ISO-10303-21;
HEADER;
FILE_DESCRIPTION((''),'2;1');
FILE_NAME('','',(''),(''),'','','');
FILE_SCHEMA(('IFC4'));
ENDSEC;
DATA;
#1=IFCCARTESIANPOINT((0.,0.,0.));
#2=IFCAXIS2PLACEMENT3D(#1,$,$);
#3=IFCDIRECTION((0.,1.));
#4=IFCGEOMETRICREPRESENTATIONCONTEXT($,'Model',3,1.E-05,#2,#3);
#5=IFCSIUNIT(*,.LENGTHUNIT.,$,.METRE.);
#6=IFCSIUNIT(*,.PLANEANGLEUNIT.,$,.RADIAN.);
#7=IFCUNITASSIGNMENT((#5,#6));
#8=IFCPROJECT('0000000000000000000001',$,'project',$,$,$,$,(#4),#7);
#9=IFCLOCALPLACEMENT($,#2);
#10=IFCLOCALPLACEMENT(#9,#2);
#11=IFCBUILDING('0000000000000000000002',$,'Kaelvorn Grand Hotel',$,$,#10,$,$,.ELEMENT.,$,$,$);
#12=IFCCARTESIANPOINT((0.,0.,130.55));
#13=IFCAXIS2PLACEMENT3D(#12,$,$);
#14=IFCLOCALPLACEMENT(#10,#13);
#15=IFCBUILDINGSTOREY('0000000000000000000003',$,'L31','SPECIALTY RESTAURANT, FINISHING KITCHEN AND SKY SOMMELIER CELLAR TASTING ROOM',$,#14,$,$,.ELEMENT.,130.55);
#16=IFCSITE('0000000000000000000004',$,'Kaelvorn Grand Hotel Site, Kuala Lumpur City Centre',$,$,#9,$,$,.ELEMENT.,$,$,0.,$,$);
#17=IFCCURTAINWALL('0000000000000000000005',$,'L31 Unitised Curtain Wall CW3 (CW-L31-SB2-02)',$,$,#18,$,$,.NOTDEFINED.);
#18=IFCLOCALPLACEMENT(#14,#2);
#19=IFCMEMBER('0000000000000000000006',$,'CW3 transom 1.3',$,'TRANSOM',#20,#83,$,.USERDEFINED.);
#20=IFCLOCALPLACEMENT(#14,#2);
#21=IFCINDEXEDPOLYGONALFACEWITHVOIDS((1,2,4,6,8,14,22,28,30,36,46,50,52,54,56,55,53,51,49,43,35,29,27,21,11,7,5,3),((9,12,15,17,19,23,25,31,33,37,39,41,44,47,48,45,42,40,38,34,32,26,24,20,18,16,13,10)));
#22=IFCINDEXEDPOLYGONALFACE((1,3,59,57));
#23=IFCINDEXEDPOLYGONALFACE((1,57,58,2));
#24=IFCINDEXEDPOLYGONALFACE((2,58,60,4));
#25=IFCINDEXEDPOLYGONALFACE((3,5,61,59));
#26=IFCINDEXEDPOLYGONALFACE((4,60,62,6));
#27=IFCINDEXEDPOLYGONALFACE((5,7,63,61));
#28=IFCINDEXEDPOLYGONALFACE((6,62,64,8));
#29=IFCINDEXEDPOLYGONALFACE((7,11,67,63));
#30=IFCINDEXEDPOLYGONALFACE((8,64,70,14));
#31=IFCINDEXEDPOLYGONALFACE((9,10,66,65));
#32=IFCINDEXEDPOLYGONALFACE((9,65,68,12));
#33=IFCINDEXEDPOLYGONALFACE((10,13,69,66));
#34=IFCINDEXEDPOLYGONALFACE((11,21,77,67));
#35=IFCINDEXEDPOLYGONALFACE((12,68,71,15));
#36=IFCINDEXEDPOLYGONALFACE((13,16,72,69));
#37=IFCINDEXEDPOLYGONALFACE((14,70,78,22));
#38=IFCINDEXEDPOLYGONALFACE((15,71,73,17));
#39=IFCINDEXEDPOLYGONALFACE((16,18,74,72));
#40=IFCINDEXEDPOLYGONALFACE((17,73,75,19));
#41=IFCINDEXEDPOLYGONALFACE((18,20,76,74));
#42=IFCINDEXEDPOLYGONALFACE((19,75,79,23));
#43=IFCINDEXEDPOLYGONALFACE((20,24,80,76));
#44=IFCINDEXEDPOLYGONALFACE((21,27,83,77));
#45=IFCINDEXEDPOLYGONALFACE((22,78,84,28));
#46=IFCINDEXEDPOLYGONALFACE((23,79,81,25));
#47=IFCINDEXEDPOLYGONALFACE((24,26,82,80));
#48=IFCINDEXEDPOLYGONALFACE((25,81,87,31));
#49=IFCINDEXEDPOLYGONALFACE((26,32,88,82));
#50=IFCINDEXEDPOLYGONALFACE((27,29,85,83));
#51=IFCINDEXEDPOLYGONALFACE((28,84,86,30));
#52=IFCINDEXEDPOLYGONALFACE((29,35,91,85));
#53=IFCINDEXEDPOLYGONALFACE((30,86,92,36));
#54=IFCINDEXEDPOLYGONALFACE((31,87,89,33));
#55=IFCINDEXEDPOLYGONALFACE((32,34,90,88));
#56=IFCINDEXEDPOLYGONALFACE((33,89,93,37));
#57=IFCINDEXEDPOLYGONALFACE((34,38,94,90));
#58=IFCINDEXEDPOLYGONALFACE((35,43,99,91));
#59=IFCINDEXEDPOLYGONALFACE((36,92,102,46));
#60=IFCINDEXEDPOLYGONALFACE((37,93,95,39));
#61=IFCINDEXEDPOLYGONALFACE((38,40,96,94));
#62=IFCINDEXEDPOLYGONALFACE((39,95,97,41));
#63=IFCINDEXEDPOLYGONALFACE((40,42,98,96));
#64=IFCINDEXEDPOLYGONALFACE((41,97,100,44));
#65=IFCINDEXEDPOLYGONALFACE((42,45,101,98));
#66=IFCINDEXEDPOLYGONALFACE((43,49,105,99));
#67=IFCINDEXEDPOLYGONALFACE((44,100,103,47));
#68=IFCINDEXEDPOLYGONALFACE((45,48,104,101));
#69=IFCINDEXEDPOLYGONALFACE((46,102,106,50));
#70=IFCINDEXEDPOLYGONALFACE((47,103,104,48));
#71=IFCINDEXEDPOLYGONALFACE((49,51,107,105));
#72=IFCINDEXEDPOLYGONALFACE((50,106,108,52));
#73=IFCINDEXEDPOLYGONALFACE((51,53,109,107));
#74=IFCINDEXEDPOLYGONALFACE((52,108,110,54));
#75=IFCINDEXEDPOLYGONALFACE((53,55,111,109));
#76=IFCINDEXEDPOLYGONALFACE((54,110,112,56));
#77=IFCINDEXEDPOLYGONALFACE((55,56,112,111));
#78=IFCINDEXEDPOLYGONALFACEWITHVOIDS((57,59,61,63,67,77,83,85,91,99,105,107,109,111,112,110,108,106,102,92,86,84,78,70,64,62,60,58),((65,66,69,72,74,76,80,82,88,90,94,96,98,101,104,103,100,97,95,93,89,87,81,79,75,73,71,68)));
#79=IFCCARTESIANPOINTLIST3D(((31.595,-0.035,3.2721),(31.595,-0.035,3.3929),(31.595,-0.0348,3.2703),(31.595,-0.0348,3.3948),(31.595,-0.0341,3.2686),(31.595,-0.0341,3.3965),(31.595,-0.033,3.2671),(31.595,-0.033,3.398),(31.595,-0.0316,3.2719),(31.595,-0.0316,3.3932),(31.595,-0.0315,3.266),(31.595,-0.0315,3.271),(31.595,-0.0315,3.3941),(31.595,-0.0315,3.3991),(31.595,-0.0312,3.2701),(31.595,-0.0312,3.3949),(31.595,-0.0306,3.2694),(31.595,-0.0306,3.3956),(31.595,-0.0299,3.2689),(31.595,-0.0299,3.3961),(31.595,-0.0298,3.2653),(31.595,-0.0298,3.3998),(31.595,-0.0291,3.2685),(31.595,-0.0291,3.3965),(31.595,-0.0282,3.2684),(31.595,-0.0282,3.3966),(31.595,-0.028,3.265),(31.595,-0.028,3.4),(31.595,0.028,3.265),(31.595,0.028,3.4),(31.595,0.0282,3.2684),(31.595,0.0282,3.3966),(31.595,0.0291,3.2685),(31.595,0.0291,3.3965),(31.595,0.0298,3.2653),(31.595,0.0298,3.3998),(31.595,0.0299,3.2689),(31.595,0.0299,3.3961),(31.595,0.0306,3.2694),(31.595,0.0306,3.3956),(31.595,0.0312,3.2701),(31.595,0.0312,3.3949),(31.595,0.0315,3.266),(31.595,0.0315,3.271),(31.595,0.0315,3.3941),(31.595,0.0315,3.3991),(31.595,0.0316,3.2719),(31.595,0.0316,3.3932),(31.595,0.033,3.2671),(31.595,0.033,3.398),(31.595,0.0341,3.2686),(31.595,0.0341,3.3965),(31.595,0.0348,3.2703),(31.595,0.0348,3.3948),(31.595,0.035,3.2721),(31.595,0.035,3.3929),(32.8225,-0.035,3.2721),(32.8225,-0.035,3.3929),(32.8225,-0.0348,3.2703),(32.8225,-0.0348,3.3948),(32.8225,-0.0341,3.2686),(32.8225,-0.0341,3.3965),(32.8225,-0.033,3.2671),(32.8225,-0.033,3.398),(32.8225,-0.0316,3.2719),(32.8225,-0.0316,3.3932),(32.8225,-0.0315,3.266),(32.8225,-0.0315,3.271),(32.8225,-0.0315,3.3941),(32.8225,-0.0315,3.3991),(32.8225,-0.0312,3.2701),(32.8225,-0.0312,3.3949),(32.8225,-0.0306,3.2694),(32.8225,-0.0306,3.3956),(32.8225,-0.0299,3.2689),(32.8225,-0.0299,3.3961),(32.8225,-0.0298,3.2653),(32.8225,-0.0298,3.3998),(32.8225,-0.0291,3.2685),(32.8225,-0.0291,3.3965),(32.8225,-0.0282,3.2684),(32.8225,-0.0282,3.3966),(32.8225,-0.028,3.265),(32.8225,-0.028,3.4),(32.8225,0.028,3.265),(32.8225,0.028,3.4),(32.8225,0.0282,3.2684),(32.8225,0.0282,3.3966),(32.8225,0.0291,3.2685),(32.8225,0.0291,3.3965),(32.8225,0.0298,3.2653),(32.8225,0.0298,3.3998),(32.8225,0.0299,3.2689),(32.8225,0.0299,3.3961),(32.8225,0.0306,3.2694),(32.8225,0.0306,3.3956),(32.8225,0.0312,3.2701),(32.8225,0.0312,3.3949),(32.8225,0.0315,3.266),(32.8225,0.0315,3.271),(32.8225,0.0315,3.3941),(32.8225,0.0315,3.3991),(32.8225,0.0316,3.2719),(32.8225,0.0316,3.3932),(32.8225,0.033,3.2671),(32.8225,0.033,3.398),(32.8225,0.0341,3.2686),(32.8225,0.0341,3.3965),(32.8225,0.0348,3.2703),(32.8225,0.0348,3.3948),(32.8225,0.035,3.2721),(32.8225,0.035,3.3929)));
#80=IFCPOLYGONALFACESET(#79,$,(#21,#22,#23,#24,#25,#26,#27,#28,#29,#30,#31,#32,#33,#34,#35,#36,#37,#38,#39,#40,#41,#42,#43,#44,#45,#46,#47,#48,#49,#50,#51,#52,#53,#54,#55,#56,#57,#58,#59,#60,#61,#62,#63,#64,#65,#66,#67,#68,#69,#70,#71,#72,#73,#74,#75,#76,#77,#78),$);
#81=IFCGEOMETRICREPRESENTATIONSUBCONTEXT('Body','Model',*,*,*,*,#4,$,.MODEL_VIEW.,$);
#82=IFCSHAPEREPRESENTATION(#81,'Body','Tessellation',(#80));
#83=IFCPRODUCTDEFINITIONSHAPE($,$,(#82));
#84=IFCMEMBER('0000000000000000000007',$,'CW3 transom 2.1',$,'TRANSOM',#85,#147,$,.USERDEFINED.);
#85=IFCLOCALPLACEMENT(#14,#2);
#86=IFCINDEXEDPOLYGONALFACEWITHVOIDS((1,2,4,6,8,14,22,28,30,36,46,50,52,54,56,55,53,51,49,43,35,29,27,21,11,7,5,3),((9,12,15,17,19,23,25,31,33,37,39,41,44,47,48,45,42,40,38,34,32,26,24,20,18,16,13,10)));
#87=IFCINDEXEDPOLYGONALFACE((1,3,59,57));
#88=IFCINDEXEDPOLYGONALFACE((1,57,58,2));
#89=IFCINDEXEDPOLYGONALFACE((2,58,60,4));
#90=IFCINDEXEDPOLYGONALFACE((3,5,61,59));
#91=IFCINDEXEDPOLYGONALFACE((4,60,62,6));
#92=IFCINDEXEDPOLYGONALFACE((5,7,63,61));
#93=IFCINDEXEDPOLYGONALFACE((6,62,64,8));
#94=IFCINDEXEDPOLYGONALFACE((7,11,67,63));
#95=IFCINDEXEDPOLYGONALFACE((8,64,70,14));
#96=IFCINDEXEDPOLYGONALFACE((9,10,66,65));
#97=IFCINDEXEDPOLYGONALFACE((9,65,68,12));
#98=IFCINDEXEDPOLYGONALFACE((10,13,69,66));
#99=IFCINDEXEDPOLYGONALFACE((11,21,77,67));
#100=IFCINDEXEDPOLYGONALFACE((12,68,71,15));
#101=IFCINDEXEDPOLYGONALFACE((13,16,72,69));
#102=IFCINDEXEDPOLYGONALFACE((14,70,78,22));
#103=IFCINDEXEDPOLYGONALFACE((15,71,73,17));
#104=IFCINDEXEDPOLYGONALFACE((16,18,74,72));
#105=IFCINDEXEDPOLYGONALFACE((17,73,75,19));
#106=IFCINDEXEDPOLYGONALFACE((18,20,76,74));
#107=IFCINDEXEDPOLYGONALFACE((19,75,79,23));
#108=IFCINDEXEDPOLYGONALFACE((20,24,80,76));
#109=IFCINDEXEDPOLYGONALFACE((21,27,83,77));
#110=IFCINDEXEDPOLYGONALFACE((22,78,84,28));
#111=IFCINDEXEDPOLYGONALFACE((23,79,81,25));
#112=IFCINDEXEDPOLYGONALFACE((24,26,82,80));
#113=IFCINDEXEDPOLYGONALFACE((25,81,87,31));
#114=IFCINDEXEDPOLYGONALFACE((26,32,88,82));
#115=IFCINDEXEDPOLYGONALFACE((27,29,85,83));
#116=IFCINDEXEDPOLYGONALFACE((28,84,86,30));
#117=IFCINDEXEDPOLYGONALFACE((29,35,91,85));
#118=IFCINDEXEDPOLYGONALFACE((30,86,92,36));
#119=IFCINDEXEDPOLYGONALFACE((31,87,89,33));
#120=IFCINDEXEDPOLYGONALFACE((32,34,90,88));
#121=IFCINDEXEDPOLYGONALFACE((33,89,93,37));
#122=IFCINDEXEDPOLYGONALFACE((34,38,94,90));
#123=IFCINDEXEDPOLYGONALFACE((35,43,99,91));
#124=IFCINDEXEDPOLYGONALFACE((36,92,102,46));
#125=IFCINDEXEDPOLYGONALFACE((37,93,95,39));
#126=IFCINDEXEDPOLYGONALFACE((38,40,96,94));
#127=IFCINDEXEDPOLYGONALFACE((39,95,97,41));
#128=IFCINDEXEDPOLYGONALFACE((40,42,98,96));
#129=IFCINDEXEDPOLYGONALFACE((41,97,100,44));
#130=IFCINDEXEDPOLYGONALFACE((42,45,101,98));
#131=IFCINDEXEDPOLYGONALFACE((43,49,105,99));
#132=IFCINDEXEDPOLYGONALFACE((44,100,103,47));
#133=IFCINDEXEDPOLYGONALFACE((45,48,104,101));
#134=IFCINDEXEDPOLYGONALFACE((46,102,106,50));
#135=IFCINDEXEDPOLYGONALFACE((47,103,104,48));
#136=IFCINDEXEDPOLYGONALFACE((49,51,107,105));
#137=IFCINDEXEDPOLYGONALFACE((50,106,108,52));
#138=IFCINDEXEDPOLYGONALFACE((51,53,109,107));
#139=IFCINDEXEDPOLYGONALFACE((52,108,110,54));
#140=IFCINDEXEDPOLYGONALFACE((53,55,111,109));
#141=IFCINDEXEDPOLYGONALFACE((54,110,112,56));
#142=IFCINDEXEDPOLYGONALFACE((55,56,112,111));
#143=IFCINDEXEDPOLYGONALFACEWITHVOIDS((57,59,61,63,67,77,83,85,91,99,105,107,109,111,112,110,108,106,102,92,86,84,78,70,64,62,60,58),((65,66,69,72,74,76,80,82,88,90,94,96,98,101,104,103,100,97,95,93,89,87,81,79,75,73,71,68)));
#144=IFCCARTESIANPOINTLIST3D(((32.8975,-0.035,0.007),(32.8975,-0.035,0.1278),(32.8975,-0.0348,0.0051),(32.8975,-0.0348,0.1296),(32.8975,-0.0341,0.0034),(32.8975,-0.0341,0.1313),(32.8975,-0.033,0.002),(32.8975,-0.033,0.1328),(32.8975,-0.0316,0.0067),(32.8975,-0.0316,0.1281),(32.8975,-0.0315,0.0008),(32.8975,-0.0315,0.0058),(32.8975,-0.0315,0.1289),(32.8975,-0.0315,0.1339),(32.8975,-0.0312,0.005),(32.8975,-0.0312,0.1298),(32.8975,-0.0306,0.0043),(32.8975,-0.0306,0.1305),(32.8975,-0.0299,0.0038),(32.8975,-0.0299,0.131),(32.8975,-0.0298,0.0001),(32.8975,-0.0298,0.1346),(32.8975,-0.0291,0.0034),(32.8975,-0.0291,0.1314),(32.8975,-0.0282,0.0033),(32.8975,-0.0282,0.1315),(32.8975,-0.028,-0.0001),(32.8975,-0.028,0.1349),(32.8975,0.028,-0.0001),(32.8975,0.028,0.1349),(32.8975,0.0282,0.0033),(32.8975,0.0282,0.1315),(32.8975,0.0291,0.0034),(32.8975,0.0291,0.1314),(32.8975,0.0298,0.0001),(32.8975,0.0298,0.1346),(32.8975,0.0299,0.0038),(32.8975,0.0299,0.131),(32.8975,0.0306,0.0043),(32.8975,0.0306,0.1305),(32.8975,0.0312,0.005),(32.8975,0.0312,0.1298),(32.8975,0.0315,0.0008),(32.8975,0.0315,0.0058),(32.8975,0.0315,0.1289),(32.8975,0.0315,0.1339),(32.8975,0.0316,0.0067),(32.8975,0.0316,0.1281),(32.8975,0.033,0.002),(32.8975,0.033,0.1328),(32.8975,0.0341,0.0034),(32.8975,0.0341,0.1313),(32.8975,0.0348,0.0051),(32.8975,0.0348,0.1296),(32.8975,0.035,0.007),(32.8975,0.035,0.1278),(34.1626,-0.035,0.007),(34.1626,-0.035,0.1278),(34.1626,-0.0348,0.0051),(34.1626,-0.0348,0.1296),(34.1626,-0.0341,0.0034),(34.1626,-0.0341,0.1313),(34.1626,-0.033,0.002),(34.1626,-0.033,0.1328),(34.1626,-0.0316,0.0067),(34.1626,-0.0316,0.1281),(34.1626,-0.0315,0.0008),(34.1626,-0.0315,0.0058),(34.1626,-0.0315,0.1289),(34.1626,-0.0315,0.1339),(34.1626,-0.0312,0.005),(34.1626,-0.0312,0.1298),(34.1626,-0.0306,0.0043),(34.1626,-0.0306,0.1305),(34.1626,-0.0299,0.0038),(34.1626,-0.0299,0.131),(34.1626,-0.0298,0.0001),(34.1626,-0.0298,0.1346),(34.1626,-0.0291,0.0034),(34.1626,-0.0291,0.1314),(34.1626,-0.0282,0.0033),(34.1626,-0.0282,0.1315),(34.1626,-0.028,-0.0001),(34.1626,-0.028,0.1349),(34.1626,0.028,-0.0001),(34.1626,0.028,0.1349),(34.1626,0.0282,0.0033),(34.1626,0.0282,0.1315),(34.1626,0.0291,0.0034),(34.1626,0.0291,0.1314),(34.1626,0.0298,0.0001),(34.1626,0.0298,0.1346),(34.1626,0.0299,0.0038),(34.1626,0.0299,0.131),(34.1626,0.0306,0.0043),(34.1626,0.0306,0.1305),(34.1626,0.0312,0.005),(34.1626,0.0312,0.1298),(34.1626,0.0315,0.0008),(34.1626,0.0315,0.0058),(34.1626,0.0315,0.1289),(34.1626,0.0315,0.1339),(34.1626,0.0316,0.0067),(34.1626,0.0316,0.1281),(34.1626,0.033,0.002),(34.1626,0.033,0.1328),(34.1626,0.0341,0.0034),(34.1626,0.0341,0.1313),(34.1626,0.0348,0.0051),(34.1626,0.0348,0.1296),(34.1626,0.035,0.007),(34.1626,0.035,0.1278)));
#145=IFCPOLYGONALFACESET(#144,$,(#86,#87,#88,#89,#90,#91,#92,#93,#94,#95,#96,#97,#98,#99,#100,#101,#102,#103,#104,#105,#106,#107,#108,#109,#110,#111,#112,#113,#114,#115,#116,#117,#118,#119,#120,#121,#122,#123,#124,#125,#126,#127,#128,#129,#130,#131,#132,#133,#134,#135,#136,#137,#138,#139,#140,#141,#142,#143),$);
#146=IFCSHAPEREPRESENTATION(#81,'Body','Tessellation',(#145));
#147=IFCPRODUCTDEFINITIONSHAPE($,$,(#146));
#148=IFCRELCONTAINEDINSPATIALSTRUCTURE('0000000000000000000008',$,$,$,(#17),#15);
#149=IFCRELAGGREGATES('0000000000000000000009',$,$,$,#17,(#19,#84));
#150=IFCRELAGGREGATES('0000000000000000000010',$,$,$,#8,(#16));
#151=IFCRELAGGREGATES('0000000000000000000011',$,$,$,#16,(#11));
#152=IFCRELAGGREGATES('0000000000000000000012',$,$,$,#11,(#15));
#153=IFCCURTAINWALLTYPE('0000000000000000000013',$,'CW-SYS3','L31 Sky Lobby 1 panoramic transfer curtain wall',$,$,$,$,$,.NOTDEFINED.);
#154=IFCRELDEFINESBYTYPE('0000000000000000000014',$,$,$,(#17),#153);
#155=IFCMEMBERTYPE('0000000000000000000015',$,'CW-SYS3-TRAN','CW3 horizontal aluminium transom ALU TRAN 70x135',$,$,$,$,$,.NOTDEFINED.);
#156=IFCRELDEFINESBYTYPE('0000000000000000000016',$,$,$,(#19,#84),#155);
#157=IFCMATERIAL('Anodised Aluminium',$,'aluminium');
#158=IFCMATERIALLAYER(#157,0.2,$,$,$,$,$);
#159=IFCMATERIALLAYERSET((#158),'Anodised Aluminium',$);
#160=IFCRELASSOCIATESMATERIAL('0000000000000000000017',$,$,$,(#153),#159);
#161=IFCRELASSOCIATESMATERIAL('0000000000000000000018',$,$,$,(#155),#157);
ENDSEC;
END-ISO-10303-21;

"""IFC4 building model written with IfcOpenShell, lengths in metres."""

from ifc_helpers import new_model, si_unit, direction, frame, origin, origin_2d, place, context, subcontext, project, spatial, hollow_rectangle, extrude, material, layer, layer_set, material_profile, profile_set, type_object, element, aggregate, save


model = new_model("IFC4")

# Units and contexts
model_context = context("Model", 3, precision=1e-05, world=origin(), true_north=direction((0.0, 1.0)))
body_context = subcontext(model_context, "Body", "Model", "MODEL_VIEW")
ifc_project = project(units=[si_unit("LENGTHUNIT", "METRE"), si_unit("PLANEANGLEUNIT", "RADIAN")], contexts=[model_context])

# Site, building, storey
site_placement = place(None, origin())
site = spatial("IfcSite", under=ifc_project, at=site_placement, Name="Kaelvorn Grand Hotel Site, Kuala Lumpur City Centre", CompositionType="ELEMENT", RefElevation=0.0)
building_placement = place(site_placement, origin())
building = spatial("IfcBuilding", under=site, at=building_placement, Name="Kaelvorn Grand Hotel", CompositionType="ELEMENT")
storey_placement = place(building_placement, frame((0.0, 0.0, 130.55)))
storey = spatial("IfcBuildingStorey", under=building, at=storey_placement, Name="L31", Description="SPECIALTY RESTAURANT, FINISHING KITCHEN AND SKY SOMMELIER CELLAR TASTING ROOM", CompositionType="ELEMENT", Elevation=130.55)

# Shared definitions
ifc_material_1 = material(Name="Anodised Aluminium", Category="aluminium")
ifc_layer_1 = layer(ifc_material_1, 0.2)
ifc_layer_set_1 = layer_set([ifc_layer_1], Name="Anodised Aluminium")
curtain_wall_type = type_object("IfcCurtainWallType", Name="CW-SYS3", Description="L31 Sky Lobby 1 panoramic transfer curtain wall", PredefinedType="NOTDEFINED", material=ifc_layer_set_1)

# Curtain wall, members
curtain_wall_1_placement = place(storey_placement, origin())
curtain_wall_1 = element("IfcCurtainWall", 1, at=curtain_wall_1_placement, inside=storey, type_object=curtain_wall_type, Name="L31 Unitised Curtain Wall CW3 (CW-L31-SB2-02)", PredefinedType="NOTDEFINED")
ifc_material_profile_1 = material_profile(ifc_material_1, hollow_rectangle(XDim=0.0701, YDim=0.135, WallThickness=0.0034, InnerFilletRadius=0.0034, OuterFilletRadius=0.0071, at=origin_2d()), Name="ALU TRAN 70x135")
ifc_profile_set_1 = profile_set([ifc_material_profile_1], Name="Anodised Aluminium")
member_type_1 = type_object("IfcMemberType", Name="CW-SYS3-TRAN", Description="CW3 horizontal aluminium transom ALU TRAN 70x135", PredefinedType="NOTDEFINED", material=ifc_profile_set_1)
member_1_placement = place(storey_placement, frame((31.595, 0.0, 3.3325), z_axis=(1.0, 0.0, 0.0), x_axis=(0.0, 1.0, 0.0)))
member_1 = element("IfcMember", 2, at=member_1_placement, type_object=member_type_1, Name="CW3 transom 1.3", ObjectType="TRANSOM", PredefinedType="USERDEFINED", context=body_context, shape_type="SweptSolid", body=[
    extrude(hollow_rectangle(XDim=0.0701, YDim=0.135, WallThickness=0.0034, InnerFilletRadius=0.0034, OuterFilletRadius=0.0071, at=origin_2d()), origin(), (0.0, 0.0, 1.0), 1.2275),
])
member_2_placement = place(storey_placement, frame((32.8975, 0.0, 0.0674), z_axis=(1.0, 0.0, 0.0), x_axis=(0.0, 1.0, 0.0)))
member_2 = element("IfcMember", 3, at=member_2_placement, type_object=member_type_1, Name="CW3 transom 2.1", ObjectType="TRANSOM", PredefinedType="USERDEFINED", context=body_context, shape_type="SweptSolid", body=[
    extrude(hollow_rectangle(XDim=0.0701, YDim=0.135, WallThickness=0.0034, InnerFilletRadius=0.0034, OuterFilletRadius=0.0071, at=origin_2d()), origin(), (0.0, 0.0, 1.0), 1.2651),
])

aggregate(curtain_wall_1, [member_1, member_2])

save(model, "model.ifc")
